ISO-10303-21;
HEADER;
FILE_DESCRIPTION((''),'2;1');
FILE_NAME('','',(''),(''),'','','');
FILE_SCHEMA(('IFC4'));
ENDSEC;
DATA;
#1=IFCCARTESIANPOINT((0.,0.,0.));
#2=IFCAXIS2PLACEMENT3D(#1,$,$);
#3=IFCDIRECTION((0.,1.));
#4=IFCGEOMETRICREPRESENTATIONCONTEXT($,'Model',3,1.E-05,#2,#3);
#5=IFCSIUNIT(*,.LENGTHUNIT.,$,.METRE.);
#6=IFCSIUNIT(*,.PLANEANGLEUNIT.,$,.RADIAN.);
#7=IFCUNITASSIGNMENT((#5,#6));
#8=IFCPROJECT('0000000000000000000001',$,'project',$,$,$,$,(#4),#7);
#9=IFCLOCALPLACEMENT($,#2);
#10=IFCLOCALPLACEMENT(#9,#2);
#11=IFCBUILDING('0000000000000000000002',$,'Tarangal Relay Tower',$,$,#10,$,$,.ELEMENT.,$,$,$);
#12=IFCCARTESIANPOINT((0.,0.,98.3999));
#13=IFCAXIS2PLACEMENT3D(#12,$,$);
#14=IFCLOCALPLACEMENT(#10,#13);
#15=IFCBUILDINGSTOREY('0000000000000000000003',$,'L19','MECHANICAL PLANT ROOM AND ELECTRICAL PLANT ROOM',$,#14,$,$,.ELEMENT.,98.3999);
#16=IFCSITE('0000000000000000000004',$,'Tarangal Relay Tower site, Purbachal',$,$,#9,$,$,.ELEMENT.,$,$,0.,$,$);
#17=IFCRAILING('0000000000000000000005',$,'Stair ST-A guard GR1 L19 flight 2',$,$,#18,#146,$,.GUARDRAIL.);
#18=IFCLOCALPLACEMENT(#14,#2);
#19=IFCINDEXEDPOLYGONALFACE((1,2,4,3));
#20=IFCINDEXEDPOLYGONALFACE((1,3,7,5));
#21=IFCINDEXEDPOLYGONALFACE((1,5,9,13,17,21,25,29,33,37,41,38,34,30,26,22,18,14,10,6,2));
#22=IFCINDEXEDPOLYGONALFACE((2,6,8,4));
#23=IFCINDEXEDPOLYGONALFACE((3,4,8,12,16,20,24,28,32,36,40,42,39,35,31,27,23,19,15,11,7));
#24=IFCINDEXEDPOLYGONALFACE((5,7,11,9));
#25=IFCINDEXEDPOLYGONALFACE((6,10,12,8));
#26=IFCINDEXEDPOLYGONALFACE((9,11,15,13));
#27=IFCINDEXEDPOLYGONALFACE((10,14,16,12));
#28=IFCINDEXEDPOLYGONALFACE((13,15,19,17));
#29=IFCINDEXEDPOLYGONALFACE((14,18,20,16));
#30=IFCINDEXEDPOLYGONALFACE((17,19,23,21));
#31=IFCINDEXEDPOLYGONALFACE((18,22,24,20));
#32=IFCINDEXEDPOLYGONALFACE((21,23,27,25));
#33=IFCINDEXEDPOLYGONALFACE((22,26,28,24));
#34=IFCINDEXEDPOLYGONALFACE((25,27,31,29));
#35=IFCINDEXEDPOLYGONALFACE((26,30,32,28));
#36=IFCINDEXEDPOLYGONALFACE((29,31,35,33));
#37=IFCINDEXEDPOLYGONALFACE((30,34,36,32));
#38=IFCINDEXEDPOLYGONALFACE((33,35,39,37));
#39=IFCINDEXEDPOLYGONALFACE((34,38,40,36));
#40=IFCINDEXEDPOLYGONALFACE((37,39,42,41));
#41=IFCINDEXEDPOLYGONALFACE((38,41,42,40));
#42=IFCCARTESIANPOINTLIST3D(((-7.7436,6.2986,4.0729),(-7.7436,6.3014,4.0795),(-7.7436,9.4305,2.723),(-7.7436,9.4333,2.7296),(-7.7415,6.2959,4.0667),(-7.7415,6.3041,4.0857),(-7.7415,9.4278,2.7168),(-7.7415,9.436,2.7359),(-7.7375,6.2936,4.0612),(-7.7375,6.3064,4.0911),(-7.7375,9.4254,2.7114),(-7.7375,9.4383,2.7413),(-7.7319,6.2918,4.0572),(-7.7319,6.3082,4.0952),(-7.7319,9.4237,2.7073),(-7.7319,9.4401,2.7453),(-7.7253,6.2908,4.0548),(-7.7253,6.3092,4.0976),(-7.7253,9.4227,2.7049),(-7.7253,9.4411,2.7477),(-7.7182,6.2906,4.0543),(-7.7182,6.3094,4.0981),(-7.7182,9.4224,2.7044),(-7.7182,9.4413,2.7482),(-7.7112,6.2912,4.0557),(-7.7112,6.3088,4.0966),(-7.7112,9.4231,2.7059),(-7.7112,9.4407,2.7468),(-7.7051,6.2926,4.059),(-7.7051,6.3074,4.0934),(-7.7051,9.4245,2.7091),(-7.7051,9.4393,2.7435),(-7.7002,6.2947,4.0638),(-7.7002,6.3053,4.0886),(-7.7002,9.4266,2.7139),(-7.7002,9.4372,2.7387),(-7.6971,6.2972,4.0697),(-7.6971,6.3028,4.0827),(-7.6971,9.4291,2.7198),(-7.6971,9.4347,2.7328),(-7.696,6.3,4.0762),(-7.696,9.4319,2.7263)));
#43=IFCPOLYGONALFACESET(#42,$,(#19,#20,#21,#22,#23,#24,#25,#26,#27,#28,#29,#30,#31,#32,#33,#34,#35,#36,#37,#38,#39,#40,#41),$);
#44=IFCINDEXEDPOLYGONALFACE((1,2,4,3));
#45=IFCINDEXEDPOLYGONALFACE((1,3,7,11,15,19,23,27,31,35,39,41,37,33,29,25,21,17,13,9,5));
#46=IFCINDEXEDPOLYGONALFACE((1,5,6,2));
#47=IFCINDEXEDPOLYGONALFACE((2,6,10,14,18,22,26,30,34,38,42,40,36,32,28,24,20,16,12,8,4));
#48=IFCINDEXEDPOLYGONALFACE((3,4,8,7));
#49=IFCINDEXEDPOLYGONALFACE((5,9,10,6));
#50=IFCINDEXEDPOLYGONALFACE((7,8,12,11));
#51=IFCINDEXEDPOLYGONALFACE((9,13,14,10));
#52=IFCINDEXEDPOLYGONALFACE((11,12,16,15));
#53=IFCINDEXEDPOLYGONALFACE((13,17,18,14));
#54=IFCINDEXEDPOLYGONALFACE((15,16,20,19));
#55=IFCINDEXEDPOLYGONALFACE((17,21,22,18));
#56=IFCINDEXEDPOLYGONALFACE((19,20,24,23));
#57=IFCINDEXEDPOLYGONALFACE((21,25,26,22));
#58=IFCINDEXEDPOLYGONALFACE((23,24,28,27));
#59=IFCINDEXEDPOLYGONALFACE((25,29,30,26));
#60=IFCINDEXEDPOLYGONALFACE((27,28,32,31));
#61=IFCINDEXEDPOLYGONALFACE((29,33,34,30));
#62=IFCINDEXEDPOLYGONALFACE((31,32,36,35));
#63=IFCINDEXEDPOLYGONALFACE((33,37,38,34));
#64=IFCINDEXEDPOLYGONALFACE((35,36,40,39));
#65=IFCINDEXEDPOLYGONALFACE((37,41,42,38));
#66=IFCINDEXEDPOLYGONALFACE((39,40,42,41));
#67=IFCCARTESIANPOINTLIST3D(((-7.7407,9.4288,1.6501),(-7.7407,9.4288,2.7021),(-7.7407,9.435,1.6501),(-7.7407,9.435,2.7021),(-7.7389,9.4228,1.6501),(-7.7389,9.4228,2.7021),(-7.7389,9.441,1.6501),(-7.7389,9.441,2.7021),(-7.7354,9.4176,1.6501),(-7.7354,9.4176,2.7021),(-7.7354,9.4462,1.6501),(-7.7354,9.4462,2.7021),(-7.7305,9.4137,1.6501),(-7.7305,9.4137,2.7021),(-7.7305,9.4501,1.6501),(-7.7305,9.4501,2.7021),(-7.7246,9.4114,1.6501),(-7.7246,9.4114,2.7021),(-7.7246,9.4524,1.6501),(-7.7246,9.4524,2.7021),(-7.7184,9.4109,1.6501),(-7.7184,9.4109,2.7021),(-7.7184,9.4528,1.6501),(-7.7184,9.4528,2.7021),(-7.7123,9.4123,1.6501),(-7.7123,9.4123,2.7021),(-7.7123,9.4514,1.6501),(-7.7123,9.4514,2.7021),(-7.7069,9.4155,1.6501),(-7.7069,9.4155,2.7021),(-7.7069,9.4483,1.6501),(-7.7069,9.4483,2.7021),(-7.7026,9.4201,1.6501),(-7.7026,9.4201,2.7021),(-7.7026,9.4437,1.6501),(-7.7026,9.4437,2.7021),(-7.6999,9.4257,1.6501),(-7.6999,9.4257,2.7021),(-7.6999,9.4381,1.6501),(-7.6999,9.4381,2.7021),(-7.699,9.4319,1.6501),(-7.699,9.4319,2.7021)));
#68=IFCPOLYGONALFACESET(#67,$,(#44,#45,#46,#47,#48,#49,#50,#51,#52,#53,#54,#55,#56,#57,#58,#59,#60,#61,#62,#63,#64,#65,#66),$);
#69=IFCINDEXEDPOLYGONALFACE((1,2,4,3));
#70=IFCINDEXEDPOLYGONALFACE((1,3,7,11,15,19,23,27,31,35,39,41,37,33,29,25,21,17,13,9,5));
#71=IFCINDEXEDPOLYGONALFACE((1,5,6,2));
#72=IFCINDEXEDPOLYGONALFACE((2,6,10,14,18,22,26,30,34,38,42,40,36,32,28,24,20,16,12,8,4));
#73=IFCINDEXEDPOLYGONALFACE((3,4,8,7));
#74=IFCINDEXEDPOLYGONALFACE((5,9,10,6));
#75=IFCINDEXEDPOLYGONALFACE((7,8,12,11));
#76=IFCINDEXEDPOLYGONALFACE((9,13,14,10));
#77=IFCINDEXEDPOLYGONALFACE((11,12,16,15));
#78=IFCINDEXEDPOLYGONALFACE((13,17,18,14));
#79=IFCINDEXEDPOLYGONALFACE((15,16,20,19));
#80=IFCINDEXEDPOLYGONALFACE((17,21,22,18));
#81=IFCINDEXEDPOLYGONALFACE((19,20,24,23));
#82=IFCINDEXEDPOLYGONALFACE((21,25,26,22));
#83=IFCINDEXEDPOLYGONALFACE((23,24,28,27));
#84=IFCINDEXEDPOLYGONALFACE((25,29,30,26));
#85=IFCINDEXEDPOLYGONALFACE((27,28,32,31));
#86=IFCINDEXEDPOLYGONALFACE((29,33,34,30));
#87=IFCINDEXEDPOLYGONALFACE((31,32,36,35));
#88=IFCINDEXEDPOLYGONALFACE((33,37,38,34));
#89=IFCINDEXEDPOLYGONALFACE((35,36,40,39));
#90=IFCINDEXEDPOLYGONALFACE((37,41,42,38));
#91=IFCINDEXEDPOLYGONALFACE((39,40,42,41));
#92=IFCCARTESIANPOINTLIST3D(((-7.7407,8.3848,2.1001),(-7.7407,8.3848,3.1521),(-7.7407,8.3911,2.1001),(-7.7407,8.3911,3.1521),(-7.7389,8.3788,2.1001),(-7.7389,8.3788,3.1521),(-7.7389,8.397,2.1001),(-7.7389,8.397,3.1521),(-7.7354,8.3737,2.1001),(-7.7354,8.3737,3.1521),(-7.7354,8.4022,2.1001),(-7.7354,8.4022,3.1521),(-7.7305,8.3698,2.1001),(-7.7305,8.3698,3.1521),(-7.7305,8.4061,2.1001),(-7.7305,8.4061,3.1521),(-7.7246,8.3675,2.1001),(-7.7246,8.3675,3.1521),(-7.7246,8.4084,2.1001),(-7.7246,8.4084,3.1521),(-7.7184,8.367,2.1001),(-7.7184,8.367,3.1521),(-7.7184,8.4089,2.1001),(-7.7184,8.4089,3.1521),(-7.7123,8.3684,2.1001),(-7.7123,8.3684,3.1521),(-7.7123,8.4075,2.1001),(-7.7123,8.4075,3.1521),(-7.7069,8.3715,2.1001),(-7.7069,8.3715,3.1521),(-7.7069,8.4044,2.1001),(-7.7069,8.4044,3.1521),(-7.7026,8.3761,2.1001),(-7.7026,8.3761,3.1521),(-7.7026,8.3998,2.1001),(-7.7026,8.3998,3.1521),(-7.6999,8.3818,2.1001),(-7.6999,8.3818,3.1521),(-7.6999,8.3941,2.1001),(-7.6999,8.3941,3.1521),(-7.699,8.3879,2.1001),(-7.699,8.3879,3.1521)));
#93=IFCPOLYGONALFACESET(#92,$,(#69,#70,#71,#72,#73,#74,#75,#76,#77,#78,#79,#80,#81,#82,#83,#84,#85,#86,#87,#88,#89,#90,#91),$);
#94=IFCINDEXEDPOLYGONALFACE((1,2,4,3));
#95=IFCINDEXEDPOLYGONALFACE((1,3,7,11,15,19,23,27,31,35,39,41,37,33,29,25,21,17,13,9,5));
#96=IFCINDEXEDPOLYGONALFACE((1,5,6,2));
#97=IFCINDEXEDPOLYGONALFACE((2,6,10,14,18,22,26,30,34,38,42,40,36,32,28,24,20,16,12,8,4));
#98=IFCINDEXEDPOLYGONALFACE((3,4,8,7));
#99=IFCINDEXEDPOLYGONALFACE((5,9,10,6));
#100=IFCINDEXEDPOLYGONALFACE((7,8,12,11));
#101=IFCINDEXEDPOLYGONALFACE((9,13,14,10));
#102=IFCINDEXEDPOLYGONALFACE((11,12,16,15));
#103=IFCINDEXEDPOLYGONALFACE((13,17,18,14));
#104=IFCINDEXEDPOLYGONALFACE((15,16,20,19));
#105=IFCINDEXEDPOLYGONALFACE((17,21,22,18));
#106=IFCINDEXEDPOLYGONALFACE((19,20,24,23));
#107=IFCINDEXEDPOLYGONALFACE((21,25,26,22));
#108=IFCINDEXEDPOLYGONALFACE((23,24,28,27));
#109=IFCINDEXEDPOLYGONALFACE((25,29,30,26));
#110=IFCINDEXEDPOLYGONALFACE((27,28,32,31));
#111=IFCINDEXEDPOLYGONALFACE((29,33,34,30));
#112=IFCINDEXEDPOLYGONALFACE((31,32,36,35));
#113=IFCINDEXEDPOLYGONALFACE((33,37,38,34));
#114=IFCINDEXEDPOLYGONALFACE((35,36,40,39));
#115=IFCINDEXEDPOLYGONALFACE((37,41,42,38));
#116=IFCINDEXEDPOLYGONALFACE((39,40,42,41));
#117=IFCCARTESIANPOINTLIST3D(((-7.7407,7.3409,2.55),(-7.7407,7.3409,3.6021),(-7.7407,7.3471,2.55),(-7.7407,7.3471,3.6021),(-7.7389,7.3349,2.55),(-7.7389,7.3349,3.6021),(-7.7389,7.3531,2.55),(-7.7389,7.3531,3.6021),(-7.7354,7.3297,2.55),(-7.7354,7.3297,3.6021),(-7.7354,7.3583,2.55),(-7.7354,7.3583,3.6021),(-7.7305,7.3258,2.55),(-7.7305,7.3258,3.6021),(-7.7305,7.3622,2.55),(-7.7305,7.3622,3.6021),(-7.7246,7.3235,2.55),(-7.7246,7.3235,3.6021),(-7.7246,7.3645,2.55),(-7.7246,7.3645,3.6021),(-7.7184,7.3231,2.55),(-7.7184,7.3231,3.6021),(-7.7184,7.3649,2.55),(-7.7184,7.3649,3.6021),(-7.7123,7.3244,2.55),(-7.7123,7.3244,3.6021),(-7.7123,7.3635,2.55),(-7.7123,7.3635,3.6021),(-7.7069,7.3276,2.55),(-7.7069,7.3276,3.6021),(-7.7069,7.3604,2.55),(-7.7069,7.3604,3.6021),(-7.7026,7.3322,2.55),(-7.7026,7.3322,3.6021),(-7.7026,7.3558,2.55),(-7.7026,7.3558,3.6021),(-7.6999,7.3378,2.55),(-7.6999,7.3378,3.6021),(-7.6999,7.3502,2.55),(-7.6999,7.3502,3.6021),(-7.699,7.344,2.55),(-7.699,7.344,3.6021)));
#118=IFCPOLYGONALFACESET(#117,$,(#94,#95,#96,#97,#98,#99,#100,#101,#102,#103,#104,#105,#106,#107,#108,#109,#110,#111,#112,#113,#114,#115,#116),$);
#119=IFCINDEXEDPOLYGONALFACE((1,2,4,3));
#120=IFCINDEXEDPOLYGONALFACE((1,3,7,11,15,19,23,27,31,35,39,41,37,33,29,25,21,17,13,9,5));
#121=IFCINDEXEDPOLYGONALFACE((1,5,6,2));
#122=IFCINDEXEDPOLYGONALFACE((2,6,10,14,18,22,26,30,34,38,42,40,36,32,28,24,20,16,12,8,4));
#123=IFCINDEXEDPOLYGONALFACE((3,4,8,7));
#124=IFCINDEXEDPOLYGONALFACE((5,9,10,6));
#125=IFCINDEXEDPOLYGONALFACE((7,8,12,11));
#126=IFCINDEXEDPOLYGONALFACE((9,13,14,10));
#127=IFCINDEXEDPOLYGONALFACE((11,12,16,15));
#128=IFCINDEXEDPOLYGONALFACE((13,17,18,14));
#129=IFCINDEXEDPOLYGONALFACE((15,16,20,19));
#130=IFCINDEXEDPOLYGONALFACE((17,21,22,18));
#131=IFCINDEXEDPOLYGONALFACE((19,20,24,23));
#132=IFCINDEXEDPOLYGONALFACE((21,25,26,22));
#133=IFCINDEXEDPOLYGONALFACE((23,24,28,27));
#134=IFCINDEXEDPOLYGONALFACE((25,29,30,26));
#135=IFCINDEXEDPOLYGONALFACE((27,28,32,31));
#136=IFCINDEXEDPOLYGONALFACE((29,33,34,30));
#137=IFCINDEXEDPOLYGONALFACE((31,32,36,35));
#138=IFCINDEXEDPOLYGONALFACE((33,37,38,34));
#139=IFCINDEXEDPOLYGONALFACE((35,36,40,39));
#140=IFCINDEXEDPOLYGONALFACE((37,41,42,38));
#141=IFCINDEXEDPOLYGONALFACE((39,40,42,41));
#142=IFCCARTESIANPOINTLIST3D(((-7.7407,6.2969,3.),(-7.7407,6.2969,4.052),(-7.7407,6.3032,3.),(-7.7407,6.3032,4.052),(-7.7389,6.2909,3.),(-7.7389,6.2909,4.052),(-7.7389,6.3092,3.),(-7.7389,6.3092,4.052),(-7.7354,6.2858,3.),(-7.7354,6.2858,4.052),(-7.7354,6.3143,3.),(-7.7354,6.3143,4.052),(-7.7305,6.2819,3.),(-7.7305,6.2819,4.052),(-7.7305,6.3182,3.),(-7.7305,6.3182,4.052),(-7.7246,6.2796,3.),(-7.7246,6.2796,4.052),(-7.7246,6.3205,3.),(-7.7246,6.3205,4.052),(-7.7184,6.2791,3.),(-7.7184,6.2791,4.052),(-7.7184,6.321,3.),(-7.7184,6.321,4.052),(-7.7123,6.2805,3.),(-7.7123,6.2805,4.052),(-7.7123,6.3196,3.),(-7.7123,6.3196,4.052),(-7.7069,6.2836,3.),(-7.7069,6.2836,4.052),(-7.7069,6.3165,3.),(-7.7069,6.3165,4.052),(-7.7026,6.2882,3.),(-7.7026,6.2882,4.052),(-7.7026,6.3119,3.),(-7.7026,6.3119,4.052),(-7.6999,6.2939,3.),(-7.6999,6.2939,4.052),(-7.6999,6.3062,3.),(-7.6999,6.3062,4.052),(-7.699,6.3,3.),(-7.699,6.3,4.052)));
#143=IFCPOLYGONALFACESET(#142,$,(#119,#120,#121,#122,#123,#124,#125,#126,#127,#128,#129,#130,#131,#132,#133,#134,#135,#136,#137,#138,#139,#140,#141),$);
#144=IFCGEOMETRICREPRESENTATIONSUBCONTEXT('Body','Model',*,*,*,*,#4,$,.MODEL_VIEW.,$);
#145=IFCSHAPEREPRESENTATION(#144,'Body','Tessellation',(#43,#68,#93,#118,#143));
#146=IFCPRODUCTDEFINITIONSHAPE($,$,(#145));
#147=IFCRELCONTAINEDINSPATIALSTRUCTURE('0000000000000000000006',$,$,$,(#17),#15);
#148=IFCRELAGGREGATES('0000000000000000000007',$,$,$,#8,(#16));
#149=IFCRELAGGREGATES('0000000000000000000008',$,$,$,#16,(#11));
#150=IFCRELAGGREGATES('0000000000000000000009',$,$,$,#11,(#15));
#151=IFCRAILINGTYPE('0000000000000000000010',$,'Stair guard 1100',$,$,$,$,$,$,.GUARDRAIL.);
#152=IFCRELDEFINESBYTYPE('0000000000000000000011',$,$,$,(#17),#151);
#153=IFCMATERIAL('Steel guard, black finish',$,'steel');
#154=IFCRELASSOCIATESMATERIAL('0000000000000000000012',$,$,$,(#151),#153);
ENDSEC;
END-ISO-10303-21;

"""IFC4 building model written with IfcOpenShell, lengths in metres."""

from ifc_helpers import new_model, si_unit, direction, frame, origin, origin_2d, place, context, subcontext, project, spatial, circle, extrude, material, type_object, element, save


model = new_model("IFC4")

# Units and contexts
model_context = context("Model", 3, precision=1e-05, world=origin(), true_north=direction((0.0, 1.0)))
body_context = subcontext(model_context, "Body", "Model", "MODEL_VIEW")
ifc_project = project(units=[si_unit("LENGTHUNIT", "METRE"), si_unit("PLANEANGLEUNIT", "RADIAN")], contexts=[model_context])

# Site, building, storey
site_placement = place(None, origin())
site = spatial("IfcSite", under=ifc_project, at=site_placement, Name="Tarangal Relay Tower site, Purbachal", CompositionType="ELEMENT", RefElevation=0.0)
building_placement = place(site_placement, origin())
building = spatial("IfcBuilding", under=site, at=building_placement, Name="Tarangal Relay Tower", CompositionType="ELEMENT")
storey_placement = place(building_placement, frame((0.0, 0.0, 98.3999)))
storey = spatial("IfcBuildingStorey", under=building, at=storey_placement, Name="L19", Description="MECHANICAL PLANT ROOM AND ELECTRICAL PLANT ROOM", CompositionType="ELEMENT", Elevation=98.3999)

# Railing
ifc_material_1 = material(Name="Steel guard, black finish", Category="steel")
railing_type = type_object("IfcRailingType", Name="Stair guard 1100", PredefinedType="GUARDRAIL", material=ifc_material_1)
railing_1_placement = place(storey_placement, frame((-7.72, 9.4319, 1.6501)))
element("IfcRailing", 1, at=railing_1_placement, inside=storey, type_object=railing_type, Name="Stair ST-A guard GR1 L19 flight 2", PredefinedType="GUARDRAIL", context=body_context, shape_type="SweptSolid", body=[
    extrude(circle(Radius=0.0239, at=origin_2d()), frame((0.0, 0.0, 1.0762), z_axis=(0.0, -0.918332, 0.395811), x_axis=(1.0, 0.0, 0.0)), (0.0, 0.0, 1.0), 3.4104),
    extrude(circle(Radius=0.021, at=origin_2d()), origin(), (0.0, 0.0, 1.0), 1.052),
    extrude(circle(Radius=0.021, at=origin_2d()), frame((0.0, -1.0439, 0.45)), (0.0, 0.0, 1.0), 1.052),
    extrude(circle(Radius=0.021, at=origin_2d()), frame((0.0, -2.0879, 0.8999)), (0.0, 0.0, 1.0), 1.052),
    extrude(circle(Radius=0.021, at=origin_2d()), frame((0.0, -3.1318, 1.3499)), (0.0, 0.0, 1.0), 1.052),
])

save(model, "model.ifc")
